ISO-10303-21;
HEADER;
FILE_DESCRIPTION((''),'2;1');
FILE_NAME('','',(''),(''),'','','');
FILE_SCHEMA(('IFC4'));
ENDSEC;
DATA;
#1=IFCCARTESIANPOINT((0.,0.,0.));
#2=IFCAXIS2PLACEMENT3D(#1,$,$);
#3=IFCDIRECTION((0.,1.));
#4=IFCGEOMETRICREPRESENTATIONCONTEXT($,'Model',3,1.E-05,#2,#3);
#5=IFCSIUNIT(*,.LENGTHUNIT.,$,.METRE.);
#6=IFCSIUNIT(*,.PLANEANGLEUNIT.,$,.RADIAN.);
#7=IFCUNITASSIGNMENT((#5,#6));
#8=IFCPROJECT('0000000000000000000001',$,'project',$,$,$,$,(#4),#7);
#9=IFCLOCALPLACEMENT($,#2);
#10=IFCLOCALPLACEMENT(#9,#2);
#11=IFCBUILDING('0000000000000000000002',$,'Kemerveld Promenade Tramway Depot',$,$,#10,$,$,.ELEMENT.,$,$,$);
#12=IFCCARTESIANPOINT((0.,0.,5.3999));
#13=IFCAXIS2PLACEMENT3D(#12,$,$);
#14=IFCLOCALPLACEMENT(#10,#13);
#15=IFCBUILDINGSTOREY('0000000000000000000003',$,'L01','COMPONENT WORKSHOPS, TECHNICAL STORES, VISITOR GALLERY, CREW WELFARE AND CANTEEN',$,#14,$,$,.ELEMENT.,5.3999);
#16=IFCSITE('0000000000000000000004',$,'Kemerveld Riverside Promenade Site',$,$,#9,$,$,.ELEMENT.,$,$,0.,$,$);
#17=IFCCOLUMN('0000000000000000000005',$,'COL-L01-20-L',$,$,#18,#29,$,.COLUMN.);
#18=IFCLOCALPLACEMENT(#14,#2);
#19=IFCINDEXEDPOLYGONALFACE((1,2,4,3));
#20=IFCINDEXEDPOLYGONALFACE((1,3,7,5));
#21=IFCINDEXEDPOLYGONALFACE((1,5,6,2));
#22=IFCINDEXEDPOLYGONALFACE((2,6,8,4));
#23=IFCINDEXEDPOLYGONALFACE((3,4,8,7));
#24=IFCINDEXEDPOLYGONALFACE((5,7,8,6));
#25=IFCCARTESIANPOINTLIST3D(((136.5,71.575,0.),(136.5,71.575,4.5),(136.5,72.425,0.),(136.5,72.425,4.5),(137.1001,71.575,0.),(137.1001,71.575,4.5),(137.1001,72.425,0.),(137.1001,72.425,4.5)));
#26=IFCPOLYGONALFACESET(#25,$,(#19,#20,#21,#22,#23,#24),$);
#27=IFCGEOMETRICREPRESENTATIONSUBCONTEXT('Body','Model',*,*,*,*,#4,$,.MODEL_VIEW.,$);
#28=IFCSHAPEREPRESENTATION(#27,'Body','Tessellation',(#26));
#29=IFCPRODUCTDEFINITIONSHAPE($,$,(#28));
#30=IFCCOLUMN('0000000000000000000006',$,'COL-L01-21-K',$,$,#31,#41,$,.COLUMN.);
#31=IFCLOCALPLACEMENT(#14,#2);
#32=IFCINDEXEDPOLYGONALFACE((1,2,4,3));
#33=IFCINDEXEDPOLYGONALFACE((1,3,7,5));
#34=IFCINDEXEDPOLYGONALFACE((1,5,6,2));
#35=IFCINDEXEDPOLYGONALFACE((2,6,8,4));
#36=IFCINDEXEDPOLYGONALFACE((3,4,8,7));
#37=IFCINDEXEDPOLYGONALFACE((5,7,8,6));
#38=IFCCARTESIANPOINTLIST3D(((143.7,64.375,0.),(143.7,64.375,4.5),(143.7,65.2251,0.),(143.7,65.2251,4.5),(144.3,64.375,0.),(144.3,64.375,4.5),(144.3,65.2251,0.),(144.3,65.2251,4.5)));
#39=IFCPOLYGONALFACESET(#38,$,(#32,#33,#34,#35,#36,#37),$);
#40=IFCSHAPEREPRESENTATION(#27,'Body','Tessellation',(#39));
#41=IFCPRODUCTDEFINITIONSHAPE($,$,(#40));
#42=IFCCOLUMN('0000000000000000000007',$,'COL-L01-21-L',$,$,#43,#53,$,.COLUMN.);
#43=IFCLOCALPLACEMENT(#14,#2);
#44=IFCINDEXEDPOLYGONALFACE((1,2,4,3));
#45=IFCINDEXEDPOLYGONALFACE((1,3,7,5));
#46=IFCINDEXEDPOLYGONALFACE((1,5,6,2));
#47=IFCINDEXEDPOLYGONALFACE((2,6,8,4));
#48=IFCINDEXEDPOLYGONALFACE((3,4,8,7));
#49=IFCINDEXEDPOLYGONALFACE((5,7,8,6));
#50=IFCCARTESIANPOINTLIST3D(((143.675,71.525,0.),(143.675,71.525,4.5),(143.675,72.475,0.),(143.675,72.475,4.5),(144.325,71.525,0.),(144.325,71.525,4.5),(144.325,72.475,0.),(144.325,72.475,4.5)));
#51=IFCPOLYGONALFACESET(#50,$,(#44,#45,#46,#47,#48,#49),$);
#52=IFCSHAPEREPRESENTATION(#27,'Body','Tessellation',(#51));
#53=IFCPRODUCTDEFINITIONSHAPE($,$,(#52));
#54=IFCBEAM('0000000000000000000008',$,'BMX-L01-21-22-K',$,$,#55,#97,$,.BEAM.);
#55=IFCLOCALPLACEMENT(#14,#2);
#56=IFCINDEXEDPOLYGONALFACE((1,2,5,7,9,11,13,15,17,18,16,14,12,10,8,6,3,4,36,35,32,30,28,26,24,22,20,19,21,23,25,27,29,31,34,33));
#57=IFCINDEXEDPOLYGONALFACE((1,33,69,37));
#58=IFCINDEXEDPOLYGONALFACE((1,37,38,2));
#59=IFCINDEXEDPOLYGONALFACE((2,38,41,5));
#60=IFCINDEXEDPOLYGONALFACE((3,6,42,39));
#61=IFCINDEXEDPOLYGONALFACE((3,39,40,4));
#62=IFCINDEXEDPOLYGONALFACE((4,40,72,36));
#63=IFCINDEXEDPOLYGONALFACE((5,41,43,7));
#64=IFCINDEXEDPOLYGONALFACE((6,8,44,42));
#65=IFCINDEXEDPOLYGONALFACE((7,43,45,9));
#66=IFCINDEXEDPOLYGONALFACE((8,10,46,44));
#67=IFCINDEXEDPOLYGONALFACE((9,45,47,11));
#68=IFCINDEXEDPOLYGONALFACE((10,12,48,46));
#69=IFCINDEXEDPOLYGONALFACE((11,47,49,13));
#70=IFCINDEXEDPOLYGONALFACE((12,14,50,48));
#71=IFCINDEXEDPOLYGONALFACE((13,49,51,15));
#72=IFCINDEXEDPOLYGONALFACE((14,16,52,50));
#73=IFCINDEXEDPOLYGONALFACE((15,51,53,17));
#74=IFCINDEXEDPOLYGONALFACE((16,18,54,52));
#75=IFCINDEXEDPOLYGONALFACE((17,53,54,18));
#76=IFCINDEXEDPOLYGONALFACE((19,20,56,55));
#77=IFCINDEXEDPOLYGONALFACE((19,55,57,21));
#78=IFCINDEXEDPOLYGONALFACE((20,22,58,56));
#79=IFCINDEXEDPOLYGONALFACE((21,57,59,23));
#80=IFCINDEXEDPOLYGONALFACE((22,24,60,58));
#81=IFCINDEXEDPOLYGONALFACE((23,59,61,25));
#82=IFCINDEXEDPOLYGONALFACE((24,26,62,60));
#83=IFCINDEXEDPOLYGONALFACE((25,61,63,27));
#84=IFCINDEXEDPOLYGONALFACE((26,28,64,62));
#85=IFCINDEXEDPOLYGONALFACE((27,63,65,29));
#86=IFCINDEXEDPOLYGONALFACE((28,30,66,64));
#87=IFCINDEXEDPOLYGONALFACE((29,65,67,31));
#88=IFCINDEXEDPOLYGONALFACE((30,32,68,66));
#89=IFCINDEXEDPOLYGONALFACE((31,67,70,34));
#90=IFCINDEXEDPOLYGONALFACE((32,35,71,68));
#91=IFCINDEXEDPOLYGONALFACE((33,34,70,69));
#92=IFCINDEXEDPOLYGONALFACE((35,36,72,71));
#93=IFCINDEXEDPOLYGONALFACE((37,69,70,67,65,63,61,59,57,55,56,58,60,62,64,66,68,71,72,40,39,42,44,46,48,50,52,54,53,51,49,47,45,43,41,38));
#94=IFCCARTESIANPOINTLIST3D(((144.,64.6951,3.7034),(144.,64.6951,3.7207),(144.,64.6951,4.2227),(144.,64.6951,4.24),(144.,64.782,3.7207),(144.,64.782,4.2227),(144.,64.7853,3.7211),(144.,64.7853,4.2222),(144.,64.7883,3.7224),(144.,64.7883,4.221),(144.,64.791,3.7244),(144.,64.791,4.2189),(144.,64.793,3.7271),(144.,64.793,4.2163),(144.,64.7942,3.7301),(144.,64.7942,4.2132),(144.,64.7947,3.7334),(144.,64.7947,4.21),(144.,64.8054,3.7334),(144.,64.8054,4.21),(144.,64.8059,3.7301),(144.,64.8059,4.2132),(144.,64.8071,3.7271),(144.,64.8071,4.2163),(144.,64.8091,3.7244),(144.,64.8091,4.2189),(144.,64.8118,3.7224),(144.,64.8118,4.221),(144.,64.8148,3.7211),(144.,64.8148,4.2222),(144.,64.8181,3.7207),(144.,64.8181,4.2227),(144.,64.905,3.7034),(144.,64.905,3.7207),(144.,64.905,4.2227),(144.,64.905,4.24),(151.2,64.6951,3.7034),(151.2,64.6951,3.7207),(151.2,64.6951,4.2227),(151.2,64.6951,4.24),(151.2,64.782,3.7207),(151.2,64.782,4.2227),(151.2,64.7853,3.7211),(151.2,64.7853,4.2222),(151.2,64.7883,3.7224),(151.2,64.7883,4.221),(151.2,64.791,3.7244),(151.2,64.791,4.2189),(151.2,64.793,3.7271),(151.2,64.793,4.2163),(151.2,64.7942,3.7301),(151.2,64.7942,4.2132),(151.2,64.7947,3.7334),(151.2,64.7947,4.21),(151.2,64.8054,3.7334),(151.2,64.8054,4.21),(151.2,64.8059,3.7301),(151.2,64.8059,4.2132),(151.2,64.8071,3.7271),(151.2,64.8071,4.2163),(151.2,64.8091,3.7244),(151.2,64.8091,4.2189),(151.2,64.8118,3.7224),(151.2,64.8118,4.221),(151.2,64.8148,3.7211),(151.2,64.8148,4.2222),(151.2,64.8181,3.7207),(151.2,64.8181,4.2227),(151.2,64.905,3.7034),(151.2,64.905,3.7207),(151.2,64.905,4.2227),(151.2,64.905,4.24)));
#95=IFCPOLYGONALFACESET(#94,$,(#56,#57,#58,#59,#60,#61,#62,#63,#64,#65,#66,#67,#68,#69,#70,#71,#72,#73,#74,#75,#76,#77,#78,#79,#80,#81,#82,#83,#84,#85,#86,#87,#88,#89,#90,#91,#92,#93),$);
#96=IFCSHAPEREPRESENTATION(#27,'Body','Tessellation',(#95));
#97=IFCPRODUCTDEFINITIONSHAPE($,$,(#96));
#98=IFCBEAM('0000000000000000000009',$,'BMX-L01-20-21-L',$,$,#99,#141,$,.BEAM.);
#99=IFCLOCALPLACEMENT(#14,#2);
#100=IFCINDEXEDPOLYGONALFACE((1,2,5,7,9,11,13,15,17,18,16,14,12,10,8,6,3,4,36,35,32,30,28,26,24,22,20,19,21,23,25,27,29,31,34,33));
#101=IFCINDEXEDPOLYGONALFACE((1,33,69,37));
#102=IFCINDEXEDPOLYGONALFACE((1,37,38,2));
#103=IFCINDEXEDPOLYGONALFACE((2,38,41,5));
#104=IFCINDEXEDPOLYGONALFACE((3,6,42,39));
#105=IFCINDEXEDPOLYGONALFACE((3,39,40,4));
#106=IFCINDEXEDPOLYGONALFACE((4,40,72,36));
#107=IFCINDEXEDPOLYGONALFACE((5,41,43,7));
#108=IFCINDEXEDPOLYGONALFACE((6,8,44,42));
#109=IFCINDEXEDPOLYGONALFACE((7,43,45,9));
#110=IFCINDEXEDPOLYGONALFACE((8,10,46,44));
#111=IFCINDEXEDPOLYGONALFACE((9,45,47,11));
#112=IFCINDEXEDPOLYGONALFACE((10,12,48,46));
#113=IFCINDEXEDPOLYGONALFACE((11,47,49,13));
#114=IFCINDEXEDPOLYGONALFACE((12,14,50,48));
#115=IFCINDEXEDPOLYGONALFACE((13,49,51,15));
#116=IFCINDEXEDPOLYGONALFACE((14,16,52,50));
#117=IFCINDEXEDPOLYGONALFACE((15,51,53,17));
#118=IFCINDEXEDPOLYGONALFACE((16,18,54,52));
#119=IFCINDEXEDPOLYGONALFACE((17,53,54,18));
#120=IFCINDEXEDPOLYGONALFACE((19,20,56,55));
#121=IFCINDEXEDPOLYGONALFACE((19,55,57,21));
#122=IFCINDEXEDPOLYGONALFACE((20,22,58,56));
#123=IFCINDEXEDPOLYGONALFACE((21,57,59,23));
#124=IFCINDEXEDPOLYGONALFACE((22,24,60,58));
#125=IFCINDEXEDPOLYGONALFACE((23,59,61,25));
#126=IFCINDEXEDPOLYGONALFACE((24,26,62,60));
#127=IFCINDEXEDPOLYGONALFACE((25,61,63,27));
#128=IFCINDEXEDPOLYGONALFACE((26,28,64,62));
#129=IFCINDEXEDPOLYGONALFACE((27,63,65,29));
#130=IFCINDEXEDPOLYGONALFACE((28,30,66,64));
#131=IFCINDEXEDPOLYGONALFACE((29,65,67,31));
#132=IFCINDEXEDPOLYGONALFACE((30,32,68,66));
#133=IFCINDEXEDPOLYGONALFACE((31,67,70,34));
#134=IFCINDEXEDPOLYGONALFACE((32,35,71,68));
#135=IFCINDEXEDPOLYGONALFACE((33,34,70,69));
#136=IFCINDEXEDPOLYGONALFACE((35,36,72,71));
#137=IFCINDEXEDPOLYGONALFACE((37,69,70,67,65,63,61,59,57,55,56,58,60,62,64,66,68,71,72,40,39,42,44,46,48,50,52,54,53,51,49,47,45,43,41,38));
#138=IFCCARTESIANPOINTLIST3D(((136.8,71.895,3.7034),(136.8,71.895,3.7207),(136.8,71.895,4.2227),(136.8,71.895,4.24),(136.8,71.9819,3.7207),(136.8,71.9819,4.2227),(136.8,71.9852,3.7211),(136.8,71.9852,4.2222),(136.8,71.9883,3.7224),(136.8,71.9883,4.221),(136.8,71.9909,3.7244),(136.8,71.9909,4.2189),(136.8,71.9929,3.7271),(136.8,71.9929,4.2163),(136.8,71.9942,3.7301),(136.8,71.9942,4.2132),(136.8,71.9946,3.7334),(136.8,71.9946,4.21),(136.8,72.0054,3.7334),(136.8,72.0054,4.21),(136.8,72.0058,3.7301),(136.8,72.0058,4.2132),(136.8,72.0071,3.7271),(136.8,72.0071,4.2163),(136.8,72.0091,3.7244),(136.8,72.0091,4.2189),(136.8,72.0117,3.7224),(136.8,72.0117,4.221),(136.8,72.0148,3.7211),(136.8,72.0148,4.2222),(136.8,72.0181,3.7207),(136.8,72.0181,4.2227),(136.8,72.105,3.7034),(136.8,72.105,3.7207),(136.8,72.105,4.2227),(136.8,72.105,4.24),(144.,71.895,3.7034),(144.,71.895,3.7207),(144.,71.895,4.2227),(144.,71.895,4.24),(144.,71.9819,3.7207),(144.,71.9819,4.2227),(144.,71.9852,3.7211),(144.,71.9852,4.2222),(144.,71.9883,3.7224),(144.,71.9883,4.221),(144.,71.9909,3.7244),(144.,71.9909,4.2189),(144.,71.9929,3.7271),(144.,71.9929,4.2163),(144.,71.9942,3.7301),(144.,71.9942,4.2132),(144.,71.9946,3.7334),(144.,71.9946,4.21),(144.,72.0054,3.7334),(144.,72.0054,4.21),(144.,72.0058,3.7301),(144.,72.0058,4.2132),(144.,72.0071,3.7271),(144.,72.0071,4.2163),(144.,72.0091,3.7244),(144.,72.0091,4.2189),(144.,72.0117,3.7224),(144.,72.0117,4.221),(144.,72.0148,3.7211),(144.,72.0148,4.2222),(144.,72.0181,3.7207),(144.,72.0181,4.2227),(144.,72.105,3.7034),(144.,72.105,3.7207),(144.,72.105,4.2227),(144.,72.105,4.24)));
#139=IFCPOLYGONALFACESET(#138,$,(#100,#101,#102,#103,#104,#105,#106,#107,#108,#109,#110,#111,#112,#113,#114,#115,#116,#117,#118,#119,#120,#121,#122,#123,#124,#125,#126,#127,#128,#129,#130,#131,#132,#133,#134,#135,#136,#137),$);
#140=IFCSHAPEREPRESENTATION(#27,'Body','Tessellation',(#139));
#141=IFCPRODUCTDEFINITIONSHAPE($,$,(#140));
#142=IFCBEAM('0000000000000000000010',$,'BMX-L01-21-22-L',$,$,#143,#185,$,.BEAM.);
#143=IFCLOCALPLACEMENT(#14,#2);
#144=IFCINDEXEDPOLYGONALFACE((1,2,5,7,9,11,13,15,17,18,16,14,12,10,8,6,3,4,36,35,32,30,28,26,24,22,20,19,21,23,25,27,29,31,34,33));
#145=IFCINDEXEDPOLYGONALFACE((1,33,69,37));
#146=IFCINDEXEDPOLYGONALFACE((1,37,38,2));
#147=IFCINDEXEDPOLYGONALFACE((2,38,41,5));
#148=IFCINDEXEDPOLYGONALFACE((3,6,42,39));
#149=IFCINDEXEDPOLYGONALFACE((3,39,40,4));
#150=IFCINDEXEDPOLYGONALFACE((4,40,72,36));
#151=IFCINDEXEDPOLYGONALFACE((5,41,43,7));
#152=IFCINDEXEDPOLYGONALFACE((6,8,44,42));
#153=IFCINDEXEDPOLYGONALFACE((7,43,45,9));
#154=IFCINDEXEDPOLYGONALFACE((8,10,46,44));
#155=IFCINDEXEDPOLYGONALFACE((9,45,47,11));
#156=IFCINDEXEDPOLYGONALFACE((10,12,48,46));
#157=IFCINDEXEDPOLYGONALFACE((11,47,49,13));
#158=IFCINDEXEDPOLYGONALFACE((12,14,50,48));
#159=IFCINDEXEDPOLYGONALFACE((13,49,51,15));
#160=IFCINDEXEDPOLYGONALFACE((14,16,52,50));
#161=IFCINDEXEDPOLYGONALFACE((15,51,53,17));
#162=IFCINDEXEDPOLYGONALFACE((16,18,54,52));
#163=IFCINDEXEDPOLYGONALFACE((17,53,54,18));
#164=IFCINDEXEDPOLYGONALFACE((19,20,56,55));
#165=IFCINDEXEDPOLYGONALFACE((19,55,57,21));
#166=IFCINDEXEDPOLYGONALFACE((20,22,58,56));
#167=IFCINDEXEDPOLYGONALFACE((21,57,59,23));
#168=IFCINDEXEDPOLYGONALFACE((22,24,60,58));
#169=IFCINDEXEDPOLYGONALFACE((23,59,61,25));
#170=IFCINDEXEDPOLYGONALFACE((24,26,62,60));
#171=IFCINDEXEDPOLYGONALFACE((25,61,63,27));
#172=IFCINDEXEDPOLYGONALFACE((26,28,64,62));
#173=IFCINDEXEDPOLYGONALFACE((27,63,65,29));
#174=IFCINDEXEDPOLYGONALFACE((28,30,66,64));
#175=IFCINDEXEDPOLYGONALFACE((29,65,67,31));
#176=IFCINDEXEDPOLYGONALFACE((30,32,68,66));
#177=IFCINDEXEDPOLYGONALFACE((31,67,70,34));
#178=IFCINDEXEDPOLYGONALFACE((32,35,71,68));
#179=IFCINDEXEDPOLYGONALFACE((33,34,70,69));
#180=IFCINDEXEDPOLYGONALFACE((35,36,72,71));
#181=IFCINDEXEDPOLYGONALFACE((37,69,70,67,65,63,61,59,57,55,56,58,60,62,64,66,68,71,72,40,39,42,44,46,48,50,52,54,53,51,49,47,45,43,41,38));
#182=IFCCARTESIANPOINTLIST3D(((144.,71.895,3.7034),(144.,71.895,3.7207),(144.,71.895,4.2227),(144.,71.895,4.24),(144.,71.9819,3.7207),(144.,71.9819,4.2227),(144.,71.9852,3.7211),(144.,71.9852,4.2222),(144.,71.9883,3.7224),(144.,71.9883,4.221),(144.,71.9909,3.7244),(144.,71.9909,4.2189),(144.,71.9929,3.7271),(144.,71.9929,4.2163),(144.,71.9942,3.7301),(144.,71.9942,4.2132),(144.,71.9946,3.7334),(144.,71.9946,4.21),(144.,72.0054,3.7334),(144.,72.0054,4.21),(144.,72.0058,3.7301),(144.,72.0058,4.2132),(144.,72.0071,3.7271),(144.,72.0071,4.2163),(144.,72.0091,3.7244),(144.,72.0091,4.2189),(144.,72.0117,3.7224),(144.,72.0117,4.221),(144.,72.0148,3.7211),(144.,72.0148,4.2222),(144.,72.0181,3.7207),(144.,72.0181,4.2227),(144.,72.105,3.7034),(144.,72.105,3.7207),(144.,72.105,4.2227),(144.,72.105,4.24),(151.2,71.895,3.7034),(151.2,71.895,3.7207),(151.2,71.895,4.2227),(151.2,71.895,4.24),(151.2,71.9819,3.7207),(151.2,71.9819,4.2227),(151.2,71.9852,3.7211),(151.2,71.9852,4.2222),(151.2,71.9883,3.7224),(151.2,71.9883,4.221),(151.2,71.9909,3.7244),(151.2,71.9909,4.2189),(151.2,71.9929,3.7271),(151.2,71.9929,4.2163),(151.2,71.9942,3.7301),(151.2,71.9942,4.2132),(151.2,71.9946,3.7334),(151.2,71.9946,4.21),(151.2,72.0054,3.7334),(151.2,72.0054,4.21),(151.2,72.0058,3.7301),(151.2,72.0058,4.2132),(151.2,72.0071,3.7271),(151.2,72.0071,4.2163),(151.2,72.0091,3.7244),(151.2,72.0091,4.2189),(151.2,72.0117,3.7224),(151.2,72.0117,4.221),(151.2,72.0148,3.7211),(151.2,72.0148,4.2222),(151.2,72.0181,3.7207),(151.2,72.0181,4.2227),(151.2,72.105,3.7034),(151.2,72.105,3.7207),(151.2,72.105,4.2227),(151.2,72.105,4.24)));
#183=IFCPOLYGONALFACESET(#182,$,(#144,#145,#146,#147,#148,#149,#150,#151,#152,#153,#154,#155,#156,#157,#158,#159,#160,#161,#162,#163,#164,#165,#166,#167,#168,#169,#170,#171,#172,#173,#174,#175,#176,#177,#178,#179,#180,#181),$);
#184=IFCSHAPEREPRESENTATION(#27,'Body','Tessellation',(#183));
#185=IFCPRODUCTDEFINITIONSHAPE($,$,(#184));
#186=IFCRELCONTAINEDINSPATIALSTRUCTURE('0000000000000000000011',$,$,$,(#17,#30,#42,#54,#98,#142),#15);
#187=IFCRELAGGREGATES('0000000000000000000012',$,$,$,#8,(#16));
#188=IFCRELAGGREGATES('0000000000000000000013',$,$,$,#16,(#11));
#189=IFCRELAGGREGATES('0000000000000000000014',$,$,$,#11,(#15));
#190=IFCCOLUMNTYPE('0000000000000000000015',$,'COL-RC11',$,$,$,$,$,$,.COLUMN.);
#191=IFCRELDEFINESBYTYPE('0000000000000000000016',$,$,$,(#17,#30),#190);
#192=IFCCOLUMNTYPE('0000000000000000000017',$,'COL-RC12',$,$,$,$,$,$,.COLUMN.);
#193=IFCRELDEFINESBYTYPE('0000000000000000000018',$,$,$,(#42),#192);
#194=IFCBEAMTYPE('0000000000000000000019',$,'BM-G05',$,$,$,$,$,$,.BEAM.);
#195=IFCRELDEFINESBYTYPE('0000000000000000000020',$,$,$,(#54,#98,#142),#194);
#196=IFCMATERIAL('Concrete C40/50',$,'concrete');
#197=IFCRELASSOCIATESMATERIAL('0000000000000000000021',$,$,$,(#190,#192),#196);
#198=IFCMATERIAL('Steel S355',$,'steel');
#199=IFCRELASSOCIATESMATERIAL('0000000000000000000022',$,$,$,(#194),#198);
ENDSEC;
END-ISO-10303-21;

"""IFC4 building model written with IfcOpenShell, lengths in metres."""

from ifc_helpers import new_model, si_unit, direction, frame, origin, origin_2d, place, context, subcontext, project, spatial, rectangle, i_section, extrude, material, material_profile, profile_set, type_object, element, save


model = new_model("IFC4")

# Units and contexts
model_context = context("Model", 3, precision=1e-05, world=origin(), true_north=direction((0.0, 1.0)))
body_context = subcontext(model_context, "Body", "Model", "MODEL_VIEW")
ifc_project = project(units=[si_unit("LENGTHUNIT", "METRE"), si_unit("PLANEANGLEUNIT", "RADIAN")], contexts=[model_context])

# Site, building, storey
site_placement = place(None, origin())
site = spatial("IfcSite", under=ifc_project, at=site_placement, Name="Kemerveld Riverside Promenade Site", CompositionType="ELEMENT", RefElevation=0.0)
building_placement = place(site_placement, origin())
building = spatial("IfcBuilding", under=site, at=building_placement, Name="Kemerveld Promenade Tramway Depot", CompositionType="ELEMENT")
storey_placement = place(building_placement, frame((0.0, 0.0, 5.3999)))
storey = spatial("IfcBuildingStorey", under=building, at=storey_placement, Name="L01", Description="COMPONENT WORKSHOPS, TECHNICAL STORES, VISITOR GALLERY, CREW WELFARE AND CANTEEN", CompositionType="ELEMENT", Elevation=5.3999)

# Columns
ifc_material_1 = material(Name="Concrete C40/50", Category="concrete")
ifc_material_profile_1 = material_profile(ifc_material_1, rectangle(XDim=0.6001, YDim=0.8501, at=origin_2d()), Name="RC-PIER-850x600")
ifc_profile_set_1 = profile_set([ifc_material_profile_1], Name="Concrete C40/50")
column_type_1 = type_object("IfcColumnType", Name="COL-RC11", PredefinedType="COLUMN", material=ifc_profile_set_1)
for number, where, z_axis, x_axis, name in (
    (1, (136.8, 72.0, 0.0), (0.0, 0.0, 1.0), (1.0, 0.0, 0.0), "COL-L01-20-L"),
    (2, (144.0, 64.8, 0.0), (0.0, 0.0, 1.0), (1.0, 0.0, 0.0), "COL-L01-21-K"),
):
    element("IfcColumn", number, at=place(storey_placement, frame(where, z_axis=z_axis, x_axis=x_axis)), inside=storey, type_object=column_type_1, Name=name, PredefinedType="COLUMN", context=body_context, shape_type="SweptSolid", body=[
        extrude(rectangle(XDim=0.6001, YDim=0.8501, at=origin_2d()), origin(), (0.0, 0.0, 1.0), 4.5),
    ])
ifc_material_profile_2 = material_profile(ifc_material_1, rectangle(XDim=0.6499, YDim=0.95, at=origin_2d()), Name="RC-PIER-950x650")
ifc_profile_set_2 = profile_set([ifc_material_profile_2], Name="Concrete C40/50")
column_type_2 = type_object("IfcColumnType", Name="COL-RC12", PredefinedType="COLUMN", material=ifc_profile_set_2)
column_placement = place(storey_placement, frame((144.0, 72.0, 0.0), z_axis=(0.0, 0.0, 1.0), x_axis=(1.0, 0.0, 0.0)))
element("IfcColumn", 3, at=column_placement, inside=storey, type_object=column_type_2, Name="COL-L01-21-L", PredefinedType="COLUMN", context=body_context, shape_type="SweptSolid", body=[
    extrude(rectangle(XDim=0.6499, YDim=0.95, at=origin_2d()), origin(), (0.0, 0.0, 1.0), 4.5),
])

# Beams
ifc_material_2 = material(Name="Steel S355", Category="steel")
ifc_material_profile_3 = material_profile(ifc_material_2, i_section(OverallWidth=0.21, OverallDepth=0.5366, WebThickness=0.0107, FlangeThickness=0.0173, FilletRadius=0.0127, at=origin_2d()), Name="533x210x101 UB")
ifc_profile_set_3 = profile_set([ifc_material_profile_3], Name="Steel S355")
beam_type_1 = type_object("IfcBeamType", Name="BM-G05", PredefinedType="BEAM", material=ifc_profile_set_3)
for number, where, z_axis, x_axis, name in (
    (4, (144.0, 64.8, 3.9717), (1.0, 0.0, 0.0), (0.0, 1.0, 0.0), "BMX-L01-21-22-K"),
    (5, (136.8, 72.0, 3.9717), (1.0, 0.0, 0.0), (0.0, 1.0, 0.0), "BMX-L01-20-21-L"),
    (6, (144.0, 72.0, 3.9717), (1.0, 0.0, 0.0), (0.0, 1.0, 0.0), "BMX-L01-21-22-L"),
):
    element("IfcBeam", number, at=place(storey_placement, frame(where, z_axis=z_axis, x_axis=x_axis)), inside=storey, type_object=beam_type_1, Name=name, PredefinedType="BEAM", context=body_context, shape_type="SweptSolid", body=[
        extrude(i_section(OverallWidth=0.21, OverallDepth=0.5366, WebThickness=0.0107, FlangeThickness=0.0173, FilletRadius=0.0127, at=origin_2d()), origin(), (0.0, 0.0, 1.0), 7.2),
    ])

save(model, "model.ifc")
